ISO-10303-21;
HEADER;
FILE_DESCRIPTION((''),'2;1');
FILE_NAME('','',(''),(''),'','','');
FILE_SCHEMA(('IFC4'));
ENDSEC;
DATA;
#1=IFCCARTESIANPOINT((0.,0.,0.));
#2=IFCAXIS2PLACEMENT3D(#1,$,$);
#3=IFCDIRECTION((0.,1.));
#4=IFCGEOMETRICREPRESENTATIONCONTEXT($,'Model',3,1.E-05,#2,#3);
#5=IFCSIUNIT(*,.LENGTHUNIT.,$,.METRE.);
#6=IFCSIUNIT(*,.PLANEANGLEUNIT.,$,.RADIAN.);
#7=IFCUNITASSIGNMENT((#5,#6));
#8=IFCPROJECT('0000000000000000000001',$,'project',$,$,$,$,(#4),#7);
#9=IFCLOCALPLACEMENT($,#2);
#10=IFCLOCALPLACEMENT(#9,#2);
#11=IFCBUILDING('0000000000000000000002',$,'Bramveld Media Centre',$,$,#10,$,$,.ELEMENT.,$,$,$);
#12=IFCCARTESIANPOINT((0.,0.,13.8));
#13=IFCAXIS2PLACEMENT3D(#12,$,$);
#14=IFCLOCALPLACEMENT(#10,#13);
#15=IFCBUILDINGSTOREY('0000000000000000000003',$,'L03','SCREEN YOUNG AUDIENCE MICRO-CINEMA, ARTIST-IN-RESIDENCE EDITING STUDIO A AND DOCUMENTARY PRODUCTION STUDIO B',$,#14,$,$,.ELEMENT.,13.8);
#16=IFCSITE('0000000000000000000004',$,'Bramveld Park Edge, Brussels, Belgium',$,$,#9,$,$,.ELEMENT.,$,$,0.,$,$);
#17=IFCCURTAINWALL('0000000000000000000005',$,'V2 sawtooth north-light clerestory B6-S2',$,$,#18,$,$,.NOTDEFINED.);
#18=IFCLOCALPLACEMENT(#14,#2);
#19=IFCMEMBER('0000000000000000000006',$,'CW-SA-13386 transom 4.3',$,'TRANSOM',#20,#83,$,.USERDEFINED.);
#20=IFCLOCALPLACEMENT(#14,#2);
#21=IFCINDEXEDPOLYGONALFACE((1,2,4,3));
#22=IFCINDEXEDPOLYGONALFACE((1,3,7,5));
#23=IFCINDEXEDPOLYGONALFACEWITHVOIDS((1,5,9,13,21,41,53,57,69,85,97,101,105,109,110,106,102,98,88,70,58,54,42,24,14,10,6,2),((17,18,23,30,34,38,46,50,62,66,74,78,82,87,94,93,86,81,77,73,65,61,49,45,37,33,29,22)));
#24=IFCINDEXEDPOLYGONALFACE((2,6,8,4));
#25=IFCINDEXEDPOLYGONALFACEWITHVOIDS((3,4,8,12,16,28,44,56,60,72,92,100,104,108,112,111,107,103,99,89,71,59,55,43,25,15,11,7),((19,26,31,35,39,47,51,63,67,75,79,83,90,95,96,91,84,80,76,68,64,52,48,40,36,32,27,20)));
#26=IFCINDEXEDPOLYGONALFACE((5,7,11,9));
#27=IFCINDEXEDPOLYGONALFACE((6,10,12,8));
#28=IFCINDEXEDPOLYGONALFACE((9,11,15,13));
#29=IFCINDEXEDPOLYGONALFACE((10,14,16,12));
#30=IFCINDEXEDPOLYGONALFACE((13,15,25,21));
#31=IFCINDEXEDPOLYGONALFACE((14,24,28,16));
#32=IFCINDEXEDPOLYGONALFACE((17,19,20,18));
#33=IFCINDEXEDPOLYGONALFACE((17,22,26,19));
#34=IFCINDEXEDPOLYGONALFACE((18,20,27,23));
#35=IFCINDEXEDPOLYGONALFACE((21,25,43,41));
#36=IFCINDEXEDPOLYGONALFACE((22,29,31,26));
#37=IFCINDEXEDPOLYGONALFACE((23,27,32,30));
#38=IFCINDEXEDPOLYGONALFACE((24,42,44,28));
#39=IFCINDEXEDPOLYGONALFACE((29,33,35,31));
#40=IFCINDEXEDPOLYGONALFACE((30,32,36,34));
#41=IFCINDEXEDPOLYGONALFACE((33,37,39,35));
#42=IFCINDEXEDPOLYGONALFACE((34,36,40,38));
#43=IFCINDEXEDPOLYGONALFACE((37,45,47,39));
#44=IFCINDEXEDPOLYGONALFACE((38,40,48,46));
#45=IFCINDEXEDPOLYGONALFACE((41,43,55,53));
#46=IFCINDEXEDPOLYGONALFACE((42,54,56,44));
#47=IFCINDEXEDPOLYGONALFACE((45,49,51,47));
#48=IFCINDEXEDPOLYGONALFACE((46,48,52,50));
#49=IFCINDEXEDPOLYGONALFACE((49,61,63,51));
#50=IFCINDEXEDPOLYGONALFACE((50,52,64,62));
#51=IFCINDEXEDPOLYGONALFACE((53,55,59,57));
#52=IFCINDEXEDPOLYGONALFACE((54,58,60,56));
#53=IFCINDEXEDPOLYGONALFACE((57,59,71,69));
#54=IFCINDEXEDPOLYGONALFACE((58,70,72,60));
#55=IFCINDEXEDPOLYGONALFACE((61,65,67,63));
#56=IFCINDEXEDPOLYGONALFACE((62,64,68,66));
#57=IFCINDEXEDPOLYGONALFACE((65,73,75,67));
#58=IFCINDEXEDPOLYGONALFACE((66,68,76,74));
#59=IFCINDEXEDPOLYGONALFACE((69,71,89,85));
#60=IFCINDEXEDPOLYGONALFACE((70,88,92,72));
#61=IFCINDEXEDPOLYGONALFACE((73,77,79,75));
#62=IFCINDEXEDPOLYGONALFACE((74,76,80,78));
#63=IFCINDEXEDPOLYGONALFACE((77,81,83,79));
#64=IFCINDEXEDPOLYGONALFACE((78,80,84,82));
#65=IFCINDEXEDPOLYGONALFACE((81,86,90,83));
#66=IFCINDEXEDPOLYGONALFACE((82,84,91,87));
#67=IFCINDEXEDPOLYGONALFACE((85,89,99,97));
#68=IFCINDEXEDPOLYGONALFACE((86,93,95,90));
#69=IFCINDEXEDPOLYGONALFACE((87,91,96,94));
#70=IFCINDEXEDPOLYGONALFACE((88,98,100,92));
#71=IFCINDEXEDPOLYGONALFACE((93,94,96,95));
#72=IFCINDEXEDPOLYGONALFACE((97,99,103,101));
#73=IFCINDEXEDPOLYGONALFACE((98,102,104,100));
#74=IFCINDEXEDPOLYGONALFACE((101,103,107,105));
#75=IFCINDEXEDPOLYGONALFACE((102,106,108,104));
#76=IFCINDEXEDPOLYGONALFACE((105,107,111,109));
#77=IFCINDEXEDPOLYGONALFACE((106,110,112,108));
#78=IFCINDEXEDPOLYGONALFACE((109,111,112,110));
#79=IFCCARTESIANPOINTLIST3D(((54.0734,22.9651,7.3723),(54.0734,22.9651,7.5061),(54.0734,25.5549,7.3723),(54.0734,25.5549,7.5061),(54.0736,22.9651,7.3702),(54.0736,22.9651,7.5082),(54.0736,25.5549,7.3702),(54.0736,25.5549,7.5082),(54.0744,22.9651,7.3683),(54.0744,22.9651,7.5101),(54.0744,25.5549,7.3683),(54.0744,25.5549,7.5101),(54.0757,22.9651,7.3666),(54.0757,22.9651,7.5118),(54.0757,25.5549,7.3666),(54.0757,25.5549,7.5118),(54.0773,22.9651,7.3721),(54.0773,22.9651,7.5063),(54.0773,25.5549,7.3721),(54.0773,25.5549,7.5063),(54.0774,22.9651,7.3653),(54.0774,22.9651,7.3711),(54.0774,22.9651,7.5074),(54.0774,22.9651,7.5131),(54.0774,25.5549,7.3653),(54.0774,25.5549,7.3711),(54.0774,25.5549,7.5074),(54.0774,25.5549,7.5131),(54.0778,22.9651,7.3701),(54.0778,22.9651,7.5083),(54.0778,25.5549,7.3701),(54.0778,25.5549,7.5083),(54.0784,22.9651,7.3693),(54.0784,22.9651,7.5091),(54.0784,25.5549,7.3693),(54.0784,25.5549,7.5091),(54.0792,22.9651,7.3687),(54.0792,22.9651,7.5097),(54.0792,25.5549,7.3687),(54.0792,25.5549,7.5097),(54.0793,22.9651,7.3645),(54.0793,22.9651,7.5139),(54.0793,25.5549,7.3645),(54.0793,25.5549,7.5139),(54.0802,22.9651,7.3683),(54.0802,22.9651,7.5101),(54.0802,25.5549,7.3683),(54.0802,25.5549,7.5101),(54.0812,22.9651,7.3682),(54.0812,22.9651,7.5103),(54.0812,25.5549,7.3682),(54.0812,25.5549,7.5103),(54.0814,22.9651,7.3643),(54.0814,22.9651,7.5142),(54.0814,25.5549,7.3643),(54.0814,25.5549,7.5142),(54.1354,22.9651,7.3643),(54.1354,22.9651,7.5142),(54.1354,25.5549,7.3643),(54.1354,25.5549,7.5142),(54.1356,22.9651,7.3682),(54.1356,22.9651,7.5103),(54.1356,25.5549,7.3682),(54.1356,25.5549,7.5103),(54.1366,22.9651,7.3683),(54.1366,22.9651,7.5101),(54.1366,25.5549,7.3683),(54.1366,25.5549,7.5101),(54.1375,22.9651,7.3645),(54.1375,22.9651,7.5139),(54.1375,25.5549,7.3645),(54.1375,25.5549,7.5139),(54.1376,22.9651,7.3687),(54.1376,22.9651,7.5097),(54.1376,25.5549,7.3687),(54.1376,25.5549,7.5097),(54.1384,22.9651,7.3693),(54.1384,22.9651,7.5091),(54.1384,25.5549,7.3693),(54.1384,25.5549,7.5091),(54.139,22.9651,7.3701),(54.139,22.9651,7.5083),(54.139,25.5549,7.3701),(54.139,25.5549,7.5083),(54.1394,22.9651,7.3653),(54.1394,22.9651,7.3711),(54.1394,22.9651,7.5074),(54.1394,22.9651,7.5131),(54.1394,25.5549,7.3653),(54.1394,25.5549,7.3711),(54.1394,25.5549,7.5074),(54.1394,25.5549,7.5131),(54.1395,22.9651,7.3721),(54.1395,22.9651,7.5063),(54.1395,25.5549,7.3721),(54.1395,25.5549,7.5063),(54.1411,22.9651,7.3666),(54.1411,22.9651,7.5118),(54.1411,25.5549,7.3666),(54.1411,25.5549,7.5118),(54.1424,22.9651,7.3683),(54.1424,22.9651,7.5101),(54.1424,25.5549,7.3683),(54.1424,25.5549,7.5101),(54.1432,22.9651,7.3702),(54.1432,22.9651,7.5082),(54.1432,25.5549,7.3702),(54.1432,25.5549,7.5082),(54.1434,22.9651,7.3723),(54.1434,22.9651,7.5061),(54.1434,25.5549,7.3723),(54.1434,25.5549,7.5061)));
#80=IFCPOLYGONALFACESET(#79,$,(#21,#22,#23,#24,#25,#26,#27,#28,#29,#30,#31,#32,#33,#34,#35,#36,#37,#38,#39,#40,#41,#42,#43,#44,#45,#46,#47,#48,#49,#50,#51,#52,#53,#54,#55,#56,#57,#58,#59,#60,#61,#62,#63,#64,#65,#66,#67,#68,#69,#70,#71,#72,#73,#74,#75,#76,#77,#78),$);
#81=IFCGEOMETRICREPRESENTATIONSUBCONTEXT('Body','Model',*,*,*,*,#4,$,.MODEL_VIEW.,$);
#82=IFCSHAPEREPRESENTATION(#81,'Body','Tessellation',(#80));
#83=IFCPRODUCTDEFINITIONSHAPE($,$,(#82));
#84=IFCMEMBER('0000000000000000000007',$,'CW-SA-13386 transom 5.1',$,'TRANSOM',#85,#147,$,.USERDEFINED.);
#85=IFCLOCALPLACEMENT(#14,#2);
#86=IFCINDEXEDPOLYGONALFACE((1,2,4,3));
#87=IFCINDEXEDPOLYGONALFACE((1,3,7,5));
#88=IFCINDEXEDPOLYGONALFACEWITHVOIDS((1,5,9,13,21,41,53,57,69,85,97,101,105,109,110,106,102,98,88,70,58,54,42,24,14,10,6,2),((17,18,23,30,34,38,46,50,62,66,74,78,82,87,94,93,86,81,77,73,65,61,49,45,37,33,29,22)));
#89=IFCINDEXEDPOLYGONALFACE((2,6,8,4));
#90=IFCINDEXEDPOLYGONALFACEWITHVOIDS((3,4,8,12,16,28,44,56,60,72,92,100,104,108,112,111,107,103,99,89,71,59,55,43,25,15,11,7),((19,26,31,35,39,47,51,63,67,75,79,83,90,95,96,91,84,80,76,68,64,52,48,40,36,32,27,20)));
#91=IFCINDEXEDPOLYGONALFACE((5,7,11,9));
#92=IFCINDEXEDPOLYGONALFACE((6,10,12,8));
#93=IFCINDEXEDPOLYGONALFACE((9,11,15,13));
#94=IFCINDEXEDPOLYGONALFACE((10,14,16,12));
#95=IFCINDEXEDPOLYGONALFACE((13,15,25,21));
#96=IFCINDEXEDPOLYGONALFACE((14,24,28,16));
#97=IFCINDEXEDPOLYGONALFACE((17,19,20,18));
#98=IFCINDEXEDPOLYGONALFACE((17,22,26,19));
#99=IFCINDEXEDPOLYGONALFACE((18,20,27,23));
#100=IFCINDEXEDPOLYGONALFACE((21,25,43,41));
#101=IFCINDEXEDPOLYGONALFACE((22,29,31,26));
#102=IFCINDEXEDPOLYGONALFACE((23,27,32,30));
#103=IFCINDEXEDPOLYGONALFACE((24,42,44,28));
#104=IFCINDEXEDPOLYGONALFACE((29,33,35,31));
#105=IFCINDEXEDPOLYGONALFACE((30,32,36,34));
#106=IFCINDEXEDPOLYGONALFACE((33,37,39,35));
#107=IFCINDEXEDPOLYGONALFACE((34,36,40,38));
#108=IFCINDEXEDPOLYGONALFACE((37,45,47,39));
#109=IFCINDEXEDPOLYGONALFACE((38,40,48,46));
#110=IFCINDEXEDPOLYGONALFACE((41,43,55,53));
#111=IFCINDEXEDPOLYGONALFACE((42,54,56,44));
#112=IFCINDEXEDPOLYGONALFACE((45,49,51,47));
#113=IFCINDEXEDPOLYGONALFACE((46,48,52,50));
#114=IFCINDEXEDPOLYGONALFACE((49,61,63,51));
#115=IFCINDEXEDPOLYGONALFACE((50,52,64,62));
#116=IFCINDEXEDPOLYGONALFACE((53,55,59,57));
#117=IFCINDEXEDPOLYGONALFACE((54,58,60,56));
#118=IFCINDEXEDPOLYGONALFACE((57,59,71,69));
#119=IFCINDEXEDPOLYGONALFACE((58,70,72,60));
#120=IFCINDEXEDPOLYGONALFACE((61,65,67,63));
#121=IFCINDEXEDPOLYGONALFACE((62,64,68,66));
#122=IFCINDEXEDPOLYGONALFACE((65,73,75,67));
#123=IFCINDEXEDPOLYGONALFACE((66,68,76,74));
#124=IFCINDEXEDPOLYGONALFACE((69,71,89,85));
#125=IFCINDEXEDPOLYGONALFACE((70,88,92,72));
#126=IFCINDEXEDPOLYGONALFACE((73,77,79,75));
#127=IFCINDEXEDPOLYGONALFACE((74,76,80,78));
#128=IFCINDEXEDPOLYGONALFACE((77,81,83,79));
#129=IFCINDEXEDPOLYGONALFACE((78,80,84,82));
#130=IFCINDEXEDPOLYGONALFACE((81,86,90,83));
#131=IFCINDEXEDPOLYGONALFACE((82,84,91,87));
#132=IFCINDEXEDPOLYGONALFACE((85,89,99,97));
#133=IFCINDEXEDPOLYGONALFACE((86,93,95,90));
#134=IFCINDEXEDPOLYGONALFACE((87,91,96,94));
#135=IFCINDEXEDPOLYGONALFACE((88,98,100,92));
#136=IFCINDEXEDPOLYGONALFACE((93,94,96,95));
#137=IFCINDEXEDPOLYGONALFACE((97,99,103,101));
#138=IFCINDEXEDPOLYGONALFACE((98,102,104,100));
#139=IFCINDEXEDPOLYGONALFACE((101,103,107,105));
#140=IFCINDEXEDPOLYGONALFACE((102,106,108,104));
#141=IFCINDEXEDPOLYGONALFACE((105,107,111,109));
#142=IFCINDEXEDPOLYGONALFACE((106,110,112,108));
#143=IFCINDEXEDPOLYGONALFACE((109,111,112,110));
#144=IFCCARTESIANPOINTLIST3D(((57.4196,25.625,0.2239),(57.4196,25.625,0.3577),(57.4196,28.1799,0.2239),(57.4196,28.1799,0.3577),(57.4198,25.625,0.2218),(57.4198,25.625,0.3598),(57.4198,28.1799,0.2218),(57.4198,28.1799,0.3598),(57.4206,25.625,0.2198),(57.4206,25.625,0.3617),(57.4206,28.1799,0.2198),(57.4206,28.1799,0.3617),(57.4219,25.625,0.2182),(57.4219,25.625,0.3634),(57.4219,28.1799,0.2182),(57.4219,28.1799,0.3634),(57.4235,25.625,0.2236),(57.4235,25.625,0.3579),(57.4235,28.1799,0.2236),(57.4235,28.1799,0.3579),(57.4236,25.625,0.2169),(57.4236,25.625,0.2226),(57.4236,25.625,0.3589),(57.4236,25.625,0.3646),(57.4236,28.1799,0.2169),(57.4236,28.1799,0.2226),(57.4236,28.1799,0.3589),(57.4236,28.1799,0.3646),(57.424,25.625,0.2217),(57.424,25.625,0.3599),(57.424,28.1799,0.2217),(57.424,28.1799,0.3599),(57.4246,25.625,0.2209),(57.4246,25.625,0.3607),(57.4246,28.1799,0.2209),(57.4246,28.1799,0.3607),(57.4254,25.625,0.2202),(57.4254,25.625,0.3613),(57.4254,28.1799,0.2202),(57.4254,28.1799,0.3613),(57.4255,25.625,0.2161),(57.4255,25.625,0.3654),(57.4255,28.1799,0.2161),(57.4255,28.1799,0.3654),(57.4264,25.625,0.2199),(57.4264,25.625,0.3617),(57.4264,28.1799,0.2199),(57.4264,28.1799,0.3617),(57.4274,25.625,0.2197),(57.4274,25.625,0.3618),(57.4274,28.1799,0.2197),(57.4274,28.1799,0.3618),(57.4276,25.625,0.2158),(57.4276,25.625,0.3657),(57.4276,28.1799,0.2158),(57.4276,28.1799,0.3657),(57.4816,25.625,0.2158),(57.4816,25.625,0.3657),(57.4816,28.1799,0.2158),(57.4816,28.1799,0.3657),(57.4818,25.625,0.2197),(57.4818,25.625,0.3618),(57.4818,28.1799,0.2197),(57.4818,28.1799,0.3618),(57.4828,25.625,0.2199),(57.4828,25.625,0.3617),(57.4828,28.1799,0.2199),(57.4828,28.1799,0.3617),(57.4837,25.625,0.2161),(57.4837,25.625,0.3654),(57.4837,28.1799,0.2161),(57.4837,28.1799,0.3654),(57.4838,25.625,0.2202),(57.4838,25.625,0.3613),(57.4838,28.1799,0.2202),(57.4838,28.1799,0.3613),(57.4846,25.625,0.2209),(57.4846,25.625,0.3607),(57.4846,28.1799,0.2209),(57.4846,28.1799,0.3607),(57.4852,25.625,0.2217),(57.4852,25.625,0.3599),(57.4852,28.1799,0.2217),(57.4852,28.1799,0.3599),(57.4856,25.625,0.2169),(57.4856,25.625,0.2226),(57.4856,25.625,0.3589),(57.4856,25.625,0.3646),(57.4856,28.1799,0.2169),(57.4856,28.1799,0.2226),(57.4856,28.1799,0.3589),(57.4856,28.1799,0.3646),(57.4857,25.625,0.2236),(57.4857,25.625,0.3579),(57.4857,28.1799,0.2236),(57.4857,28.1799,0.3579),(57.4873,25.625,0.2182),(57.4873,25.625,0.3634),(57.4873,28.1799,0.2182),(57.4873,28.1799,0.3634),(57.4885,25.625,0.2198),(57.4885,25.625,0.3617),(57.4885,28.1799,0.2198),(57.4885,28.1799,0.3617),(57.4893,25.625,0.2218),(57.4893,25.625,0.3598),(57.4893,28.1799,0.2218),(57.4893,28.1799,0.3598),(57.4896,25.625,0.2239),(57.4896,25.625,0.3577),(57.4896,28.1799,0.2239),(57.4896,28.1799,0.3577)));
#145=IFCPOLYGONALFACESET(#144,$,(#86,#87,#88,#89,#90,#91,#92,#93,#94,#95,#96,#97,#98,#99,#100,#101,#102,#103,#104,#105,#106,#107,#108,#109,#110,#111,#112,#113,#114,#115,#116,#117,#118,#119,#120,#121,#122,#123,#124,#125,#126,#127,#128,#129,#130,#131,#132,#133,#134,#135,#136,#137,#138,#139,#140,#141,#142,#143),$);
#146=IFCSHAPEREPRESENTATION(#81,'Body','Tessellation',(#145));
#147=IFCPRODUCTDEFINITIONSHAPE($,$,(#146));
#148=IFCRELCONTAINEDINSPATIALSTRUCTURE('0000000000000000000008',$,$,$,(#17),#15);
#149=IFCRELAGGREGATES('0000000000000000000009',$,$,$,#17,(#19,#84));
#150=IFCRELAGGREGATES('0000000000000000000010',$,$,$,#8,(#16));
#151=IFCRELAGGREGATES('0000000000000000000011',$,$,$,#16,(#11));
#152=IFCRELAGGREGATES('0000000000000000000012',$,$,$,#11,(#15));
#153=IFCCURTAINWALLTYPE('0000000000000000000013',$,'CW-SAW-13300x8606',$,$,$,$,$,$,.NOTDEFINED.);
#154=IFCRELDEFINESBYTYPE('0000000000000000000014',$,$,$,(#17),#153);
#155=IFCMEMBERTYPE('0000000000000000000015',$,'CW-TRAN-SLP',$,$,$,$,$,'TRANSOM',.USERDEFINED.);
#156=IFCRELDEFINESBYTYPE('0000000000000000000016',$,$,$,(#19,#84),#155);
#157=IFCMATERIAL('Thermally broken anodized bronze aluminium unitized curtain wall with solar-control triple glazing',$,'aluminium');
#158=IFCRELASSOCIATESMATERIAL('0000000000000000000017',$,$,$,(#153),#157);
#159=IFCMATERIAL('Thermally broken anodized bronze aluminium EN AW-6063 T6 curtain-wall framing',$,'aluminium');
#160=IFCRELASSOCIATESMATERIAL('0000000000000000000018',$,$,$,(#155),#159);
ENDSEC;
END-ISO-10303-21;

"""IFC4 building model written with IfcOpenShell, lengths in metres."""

from ifc_helpers import new_model, si_unit, direction, frame, origin, origin_2d, place, context, subcontext, project, spatial, hollow_rectangle, extrude, material, material_profile, profile_set, type_object, element, aggregate, save


model = new_model("IFC4")

# Units and contexts
model_context = context("Model", 3, precision=1e-05, world=origin(), true_north=direction((0.0, 1.0)))
body_context = subcontext(model_context, "Body", "Model", "MODEL_VIEW")
ifc_project = project(units=[si_unit("LENGTHUNIT", "METRE"), si_unit("PLANEANGLEUNIT", "RADIAN")], contexts=[model_context])

# Site, building, storey
site_placement = place(None, origin())
site = spatial("IfcSite", under=ifc_project, at=site_placement, Name="Bramveld Park Edge, Brussels, Belgium", CompositionType="ELEMENT", RefElevation=0.0)
building_placement = place(site_placement, origin())
building = spatial("IfcBuilding", under=site, at=building_placement, Name="Bramveld Media Centre", CompositionType="ELEMENT")
storey_placement = place(building_placement, frame((0.0, 0.0, 13.8)))
storey = spatial("IfcBuildingStorey", under=building, at=storey_placement, Name="L03", Description="SCREEN YOUNG AUDIENCE MICRO-CINEMA, ARTIST-IN-RESIDENCE EDITING STUDIO A AND DOCUMENTARY PRODUCTION STUDIO B", CompositionType="ELEMENT", Elevation=13.8)

# Curtain wall
ifc_material_1 = material(Name="Thermally broken anodized bronze aluminium unitized curtain wall with solar-control triple glazing", Category="aluminium")
curtain_wall_type = type_object("IfcCurtainWallType", Name="CW-SAW-13300x8606", PredefinedType="NOTDEFINED", material=ifc_material_1)
curtain_wall_1_placement = place(storey_placement, origin())
curtain_wall_1 = element("IfcCurtainWall", 1, at=curtain_wall_1_placement, inside=storey, type_object=curtain_wall_type, Name="V2 sawtooth north-light clerestory B6-S2", PredefinedType="NOTDEFINED")

# Members
ifc_material_2 = material(Name="Thermally broken anodized bronze aluminium EN AW-6063 T6 curtain-wall framing", Category="aluminium")
ifc_material_profile_1 = material_profile(ifc_material_2, hollow_rectangle(XDim=0.0701, YDim=0.1499, WallThickness=0.0039, InnerFilletRadius=0.0039, OuterFilletRadius=0.0081, at=origin_2d()), Name="AL-TRAN 70x150")
ifc_profile_set_1 = profile_set([ifc_material_profile_1], Name="Thermally broken anodized bronze aluminium EN AW-6063 T6 curtain-wall framing")
member_type_1 = type_object("IfcMemberType", Name="CW-TRAN-SLP", ElementType="TRANSOM", PredefinedType="USERDEFINED", material=ifc_profile_set_1)
member_1_placement = place(storey_placement, frame((54.1084, 22.9651, 7.4392), z_axis=(0.0, 1.0, 0.0), x_axis=(-1.0, 0.0, 0.0)))
member_1 = element("IfcMember", 2, at=member_1_placement, type_object=member_type_1, Name="CW-SA-13386 transom 4.3", ObjectType="TRANSOM", PredefinedType="USERDEFINED", context=body_context, shape_type="SweptSolid", body=[
    extrude(hollow_rectangle(XDim=0.0701, YDim=0.1499, WallThickness=0.0039, InnerFilletRadius=0.0039, OuterFilletRadius=0.0081, at=origin_2d()), origin(), (0.0, 0.0, 1.0), 2.5898),
])
member_2_placement = place(storey_placement, frame((57.4546, 25.625, 0.2908), z_axis=(0.0, 1.0, 0.0), x_axis=(-1.0, 0.0, 0.0)))
member_2 = element("IfcMember", 3, at=member_2_placement, type_object=member_type_1, Name="CW-SA-13386 transom 5.1", ObjectType="TRANSOM", PredefinedType="USERDEFINED", context=body_context, shape_type="SweptSolid", body=[
    extrude(hollow_rectangle(XDim=0.0701, YDim=0.1499, WallThickness=0.0039, InnerFilletRadius=0.0039, OuterFilletRadius=0.0081, at=origin_2d()), origin(), (0.0, 0.0, 1.0), 2.5549),
])

aggregate(curtain_wall_1, [member_1, member_2])

save(model, "model.ifc")
